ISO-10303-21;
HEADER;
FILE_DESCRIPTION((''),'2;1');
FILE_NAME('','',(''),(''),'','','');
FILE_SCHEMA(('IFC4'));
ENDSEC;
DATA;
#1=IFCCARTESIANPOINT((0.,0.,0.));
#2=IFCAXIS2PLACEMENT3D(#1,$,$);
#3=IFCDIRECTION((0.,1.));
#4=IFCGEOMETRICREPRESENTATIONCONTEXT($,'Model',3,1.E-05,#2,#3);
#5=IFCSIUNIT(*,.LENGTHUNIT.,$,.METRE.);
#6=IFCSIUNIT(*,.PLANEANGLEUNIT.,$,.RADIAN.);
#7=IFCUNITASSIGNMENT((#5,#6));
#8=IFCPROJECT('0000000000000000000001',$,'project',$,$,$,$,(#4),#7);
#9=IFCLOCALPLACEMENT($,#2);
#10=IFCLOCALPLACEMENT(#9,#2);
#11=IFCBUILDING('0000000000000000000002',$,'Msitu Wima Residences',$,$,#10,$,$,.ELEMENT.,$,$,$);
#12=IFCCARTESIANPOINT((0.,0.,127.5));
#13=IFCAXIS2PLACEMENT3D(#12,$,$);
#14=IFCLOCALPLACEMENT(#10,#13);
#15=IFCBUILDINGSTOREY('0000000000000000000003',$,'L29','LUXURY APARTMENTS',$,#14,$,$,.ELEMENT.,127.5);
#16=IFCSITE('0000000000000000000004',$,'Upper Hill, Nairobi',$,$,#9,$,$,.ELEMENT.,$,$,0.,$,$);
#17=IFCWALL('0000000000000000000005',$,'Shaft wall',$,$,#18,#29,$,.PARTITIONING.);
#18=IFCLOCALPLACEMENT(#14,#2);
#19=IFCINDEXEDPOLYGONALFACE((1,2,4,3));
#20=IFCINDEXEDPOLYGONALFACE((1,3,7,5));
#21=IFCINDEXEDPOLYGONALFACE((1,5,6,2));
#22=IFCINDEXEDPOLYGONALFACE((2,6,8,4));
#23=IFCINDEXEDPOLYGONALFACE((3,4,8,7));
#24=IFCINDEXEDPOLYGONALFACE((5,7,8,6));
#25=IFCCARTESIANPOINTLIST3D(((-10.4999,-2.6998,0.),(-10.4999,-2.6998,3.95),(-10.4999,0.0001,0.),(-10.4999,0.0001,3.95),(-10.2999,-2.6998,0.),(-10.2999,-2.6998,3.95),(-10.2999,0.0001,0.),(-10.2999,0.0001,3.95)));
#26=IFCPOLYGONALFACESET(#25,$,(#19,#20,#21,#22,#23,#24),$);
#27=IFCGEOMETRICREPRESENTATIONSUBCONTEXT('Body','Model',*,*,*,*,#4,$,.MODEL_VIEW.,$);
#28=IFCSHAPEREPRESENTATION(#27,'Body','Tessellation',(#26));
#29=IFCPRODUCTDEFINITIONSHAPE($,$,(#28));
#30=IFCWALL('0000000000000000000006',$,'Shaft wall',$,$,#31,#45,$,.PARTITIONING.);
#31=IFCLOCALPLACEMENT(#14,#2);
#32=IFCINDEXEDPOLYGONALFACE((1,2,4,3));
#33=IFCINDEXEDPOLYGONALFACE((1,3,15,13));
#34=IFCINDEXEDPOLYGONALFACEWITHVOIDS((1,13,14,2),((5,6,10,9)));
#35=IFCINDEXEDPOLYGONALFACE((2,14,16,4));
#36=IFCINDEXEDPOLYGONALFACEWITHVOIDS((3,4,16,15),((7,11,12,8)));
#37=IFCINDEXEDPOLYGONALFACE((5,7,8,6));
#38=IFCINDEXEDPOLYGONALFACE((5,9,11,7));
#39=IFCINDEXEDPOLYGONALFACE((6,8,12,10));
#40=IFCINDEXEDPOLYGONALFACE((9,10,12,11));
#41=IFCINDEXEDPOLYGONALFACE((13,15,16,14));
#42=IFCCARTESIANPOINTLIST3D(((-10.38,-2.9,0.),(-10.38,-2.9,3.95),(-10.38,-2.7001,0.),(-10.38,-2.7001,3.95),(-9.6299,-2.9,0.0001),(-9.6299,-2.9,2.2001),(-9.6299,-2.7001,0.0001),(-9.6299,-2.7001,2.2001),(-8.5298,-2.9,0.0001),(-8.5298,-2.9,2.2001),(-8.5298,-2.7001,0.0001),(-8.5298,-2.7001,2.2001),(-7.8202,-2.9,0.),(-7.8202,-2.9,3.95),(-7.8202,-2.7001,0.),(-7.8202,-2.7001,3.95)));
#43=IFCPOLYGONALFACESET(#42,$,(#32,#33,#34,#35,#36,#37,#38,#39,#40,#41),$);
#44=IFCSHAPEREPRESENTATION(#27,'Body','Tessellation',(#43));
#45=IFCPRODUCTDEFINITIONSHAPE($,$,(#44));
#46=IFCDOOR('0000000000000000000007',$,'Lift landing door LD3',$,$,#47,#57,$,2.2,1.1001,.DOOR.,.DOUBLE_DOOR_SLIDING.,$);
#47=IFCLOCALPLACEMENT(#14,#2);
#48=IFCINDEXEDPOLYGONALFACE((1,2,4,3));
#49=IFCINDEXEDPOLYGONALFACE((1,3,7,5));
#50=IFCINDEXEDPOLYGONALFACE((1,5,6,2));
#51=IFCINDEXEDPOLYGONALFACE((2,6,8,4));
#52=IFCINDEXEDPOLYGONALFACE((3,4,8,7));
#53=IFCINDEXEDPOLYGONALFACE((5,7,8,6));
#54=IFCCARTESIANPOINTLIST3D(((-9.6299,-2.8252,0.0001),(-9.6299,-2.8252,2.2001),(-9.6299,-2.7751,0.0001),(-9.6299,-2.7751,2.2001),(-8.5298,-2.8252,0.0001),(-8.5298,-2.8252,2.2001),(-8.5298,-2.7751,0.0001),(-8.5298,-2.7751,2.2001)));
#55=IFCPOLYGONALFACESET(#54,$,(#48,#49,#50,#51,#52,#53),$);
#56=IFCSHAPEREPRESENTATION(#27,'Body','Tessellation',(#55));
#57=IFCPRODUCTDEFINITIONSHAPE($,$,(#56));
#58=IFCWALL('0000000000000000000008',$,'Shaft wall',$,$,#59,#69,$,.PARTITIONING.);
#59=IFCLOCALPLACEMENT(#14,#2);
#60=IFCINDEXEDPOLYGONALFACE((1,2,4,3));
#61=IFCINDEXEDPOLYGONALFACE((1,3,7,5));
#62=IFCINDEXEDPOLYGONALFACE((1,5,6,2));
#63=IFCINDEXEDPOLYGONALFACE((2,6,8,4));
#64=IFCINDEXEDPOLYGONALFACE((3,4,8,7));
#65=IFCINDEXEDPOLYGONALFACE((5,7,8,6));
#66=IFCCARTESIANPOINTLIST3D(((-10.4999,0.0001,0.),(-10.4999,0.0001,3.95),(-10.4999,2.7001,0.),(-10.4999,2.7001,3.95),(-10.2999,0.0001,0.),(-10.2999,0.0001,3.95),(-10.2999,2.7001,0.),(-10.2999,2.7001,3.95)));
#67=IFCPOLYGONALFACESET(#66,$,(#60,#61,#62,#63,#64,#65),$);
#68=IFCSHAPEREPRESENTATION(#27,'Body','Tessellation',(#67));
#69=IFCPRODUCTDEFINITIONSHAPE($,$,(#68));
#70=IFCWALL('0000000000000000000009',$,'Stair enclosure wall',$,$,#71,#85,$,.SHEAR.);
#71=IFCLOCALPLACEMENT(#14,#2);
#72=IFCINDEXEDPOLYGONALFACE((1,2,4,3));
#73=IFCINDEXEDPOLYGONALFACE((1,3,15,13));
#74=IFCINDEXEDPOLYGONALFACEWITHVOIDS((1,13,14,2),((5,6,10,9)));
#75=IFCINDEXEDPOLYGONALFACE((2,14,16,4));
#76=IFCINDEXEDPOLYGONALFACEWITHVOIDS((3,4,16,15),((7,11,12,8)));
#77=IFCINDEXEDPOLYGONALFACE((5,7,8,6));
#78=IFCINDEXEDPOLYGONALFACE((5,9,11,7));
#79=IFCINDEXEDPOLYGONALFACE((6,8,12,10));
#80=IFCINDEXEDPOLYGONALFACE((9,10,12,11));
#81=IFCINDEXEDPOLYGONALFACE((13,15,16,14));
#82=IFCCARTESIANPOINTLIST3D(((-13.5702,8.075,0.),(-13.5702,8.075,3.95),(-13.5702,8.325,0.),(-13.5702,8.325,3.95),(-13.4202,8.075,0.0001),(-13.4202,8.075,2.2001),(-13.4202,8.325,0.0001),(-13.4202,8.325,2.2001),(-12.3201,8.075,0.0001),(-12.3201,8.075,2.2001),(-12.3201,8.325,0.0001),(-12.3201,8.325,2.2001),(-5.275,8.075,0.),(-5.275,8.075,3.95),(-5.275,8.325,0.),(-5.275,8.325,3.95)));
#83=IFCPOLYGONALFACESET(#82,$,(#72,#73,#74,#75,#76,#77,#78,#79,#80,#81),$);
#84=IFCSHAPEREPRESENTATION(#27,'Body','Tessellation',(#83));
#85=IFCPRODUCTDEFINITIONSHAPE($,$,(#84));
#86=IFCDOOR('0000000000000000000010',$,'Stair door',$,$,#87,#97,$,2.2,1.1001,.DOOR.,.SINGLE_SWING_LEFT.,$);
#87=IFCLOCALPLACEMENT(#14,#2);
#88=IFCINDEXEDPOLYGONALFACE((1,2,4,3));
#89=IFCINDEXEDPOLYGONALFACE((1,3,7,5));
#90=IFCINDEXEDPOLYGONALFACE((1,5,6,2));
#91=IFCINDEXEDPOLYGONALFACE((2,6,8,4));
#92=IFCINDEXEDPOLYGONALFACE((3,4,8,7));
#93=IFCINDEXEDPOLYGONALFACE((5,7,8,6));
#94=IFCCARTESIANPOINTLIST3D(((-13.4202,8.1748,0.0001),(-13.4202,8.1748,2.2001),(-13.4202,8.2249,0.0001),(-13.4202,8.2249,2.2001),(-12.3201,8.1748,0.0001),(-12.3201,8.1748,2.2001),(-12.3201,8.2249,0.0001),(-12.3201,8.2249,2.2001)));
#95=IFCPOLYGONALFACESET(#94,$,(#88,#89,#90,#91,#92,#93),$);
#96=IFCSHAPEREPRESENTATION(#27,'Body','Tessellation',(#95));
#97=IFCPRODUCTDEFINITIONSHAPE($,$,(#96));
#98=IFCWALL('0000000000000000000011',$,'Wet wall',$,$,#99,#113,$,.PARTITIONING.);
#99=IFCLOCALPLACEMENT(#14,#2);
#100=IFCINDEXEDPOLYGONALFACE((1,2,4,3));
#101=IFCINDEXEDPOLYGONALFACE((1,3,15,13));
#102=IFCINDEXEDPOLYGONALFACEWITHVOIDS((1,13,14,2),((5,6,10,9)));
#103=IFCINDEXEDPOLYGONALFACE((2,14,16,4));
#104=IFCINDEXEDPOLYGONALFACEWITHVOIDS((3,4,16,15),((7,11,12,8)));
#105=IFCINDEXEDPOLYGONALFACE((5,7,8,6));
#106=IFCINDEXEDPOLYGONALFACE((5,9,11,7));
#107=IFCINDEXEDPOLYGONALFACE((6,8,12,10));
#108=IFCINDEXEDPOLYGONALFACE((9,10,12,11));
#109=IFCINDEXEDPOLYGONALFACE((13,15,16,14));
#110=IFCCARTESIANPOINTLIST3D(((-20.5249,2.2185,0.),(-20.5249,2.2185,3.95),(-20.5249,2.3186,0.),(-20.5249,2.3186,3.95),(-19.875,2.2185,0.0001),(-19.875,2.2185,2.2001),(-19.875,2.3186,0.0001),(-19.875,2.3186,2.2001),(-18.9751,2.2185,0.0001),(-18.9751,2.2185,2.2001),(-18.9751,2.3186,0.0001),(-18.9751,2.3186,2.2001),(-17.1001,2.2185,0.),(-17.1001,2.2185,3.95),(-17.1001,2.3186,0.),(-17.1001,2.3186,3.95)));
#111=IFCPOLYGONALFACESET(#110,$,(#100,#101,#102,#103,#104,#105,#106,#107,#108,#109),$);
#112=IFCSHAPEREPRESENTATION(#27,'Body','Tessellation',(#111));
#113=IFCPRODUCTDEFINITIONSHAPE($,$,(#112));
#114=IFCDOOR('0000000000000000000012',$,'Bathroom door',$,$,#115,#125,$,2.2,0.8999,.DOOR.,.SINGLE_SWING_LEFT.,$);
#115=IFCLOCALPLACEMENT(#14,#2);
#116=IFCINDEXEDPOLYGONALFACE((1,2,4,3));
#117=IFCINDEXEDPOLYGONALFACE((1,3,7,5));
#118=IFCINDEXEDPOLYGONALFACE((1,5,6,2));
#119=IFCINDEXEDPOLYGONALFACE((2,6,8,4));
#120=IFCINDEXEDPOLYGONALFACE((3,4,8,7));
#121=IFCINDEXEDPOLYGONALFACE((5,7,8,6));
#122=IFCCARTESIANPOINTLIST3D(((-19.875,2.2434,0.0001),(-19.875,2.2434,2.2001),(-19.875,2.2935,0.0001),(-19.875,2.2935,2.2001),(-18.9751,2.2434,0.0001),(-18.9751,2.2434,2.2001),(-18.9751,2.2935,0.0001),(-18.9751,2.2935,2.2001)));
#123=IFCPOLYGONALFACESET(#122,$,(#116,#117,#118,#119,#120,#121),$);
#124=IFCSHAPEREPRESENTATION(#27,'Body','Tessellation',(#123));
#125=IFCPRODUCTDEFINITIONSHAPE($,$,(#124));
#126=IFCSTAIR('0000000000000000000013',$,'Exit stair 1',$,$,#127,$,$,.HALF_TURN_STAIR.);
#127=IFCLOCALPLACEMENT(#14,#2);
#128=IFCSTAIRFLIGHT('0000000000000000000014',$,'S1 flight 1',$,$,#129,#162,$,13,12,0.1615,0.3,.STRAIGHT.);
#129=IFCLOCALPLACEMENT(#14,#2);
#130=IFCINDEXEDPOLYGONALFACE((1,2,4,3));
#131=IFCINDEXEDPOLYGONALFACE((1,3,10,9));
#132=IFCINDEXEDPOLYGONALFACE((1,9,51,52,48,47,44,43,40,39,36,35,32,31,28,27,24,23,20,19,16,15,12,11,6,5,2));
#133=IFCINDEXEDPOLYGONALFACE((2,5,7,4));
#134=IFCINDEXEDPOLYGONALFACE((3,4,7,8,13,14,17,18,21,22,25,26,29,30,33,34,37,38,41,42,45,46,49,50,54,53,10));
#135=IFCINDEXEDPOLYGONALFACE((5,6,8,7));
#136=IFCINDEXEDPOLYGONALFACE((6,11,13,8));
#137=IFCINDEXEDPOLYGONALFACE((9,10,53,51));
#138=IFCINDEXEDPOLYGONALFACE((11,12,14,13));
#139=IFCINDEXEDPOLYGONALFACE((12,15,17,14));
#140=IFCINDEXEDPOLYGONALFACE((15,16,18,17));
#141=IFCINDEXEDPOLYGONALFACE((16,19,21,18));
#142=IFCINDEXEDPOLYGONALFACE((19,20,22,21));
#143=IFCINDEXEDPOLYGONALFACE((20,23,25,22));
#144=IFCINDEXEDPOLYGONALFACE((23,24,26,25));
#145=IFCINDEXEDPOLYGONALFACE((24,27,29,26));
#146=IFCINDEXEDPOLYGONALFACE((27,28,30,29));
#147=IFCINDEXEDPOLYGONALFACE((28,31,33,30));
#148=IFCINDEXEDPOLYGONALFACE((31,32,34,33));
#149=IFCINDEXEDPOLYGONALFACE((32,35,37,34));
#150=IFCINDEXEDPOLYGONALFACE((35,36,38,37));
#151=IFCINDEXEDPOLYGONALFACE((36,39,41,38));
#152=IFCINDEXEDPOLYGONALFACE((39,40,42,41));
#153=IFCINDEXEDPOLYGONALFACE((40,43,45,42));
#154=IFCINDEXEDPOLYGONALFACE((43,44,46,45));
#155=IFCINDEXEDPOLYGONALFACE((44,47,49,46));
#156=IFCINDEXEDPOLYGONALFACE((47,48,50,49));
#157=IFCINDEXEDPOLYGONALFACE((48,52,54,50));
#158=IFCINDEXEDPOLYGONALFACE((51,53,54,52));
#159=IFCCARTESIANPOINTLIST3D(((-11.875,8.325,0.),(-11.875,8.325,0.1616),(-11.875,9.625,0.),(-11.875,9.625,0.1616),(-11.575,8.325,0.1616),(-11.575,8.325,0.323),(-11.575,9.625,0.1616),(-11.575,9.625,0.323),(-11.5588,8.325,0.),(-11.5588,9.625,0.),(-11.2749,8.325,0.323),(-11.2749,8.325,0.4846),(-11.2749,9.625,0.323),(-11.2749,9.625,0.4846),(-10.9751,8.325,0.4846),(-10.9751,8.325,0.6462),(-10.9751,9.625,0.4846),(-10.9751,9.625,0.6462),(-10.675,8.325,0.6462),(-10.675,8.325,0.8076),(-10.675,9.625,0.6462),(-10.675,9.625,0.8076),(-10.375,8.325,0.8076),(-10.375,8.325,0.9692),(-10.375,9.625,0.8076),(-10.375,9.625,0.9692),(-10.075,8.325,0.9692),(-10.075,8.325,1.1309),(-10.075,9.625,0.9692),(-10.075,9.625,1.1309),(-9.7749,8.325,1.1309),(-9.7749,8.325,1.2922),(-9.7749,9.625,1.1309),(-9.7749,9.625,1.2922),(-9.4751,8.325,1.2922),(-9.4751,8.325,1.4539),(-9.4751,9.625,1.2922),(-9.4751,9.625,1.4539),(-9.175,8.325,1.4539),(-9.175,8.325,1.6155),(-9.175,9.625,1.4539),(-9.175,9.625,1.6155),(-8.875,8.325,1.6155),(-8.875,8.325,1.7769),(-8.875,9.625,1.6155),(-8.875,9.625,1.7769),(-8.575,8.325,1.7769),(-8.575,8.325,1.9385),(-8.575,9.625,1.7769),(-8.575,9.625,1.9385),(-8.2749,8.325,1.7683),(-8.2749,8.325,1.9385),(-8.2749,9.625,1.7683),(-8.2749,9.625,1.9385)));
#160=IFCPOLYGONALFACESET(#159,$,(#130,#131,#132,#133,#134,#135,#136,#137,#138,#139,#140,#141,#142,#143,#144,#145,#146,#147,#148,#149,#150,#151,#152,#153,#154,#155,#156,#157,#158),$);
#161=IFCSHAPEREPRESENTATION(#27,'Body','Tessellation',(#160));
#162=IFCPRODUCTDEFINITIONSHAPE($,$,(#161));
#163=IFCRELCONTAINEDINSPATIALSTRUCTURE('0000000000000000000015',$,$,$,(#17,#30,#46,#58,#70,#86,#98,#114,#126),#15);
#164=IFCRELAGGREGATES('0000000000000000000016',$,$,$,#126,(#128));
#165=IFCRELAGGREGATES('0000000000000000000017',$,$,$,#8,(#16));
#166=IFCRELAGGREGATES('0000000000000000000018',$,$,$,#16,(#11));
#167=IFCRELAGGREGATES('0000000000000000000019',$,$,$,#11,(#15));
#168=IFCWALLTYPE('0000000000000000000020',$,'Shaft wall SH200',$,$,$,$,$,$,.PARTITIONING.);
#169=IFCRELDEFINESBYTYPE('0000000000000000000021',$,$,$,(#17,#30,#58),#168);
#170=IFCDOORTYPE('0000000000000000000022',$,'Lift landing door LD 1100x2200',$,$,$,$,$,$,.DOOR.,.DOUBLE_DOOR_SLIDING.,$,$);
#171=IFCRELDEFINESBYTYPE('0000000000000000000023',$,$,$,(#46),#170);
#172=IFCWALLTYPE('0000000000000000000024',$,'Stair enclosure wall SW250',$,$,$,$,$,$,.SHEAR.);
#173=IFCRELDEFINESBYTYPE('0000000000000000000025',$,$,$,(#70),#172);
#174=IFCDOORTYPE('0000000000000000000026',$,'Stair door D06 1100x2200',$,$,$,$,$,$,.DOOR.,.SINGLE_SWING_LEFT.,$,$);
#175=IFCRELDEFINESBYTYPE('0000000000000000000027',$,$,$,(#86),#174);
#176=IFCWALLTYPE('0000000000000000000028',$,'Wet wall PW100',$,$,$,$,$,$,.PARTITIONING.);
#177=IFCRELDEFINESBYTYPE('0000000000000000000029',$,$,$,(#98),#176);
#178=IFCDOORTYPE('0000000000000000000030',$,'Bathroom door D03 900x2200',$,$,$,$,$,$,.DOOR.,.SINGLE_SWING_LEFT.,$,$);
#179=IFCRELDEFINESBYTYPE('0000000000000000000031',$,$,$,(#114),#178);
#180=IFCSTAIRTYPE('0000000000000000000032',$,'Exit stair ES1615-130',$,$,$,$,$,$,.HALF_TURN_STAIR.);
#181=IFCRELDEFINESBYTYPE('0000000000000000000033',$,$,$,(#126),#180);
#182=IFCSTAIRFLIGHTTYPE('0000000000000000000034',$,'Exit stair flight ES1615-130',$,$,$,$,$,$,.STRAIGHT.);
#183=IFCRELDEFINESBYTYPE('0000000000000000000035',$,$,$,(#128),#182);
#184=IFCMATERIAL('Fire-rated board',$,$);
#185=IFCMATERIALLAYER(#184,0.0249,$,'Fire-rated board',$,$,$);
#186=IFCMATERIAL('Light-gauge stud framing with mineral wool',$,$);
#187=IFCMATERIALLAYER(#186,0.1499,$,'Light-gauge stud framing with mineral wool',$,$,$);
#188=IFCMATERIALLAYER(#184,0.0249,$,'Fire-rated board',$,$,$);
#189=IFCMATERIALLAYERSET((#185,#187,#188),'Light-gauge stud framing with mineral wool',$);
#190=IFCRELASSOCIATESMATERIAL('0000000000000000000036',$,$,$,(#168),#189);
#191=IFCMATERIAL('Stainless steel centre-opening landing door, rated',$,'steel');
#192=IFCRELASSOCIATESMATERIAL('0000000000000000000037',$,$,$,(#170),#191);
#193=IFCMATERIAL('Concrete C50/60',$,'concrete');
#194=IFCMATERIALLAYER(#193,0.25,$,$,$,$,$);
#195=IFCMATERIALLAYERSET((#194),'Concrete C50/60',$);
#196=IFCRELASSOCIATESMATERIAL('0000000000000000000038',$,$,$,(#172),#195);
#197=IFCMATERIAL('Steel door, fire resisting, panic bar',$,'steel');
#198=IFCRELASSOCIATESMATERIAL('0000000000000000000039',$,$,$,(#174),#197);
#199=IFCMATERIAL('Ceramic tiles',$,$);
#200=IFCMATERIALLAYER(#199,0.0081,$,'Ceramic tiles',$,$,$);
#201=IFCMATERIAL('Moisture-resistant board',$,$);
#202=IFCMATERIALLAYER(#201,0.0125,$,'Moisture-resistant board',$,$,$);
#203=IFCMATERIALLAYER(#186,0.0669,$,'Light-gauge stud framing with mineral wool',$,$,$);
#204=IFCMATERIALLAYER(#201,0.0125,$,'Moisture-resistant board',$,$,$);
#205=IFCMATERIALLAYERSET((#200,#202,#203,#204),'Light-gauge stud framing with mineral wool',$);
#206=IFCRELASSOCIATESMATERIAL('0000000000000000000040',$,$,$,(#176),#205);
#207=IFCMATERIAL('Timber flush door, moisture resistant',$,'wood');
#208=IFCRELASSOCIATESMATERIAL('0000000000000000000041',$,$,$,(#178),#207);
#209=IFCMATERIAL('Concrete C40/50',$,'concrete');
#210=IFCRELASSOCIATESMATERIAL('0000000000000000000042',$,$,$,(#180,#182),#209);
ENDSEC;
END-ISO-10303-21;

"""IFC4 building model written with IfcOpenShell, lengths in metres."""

from ifc_helpers import new_model, si_unit, direction, frame, frame_2d, origin, place, context, subcontext, project, spatial, polyline, rectangle, outline, extrude, material, layer, layer_set, type_object, element, fill, aggregate, save


model = new_model("IFC4")

# Units and contexts
model_context = context("Model", 3, precision=1e-05, world=origin(), true_north=direction((0.0, 1.0)))
body_context = subcontext(model_context, "Body", "Model", "MODEL_VIEW")
ifc_project = project(units=[si_unit("LENGTHUNIT", "METRE"), si_unit("PLANEANGLEUNIT", "RADIAN")], contexts=[model_context])

# Site, building, storey
site_placement = place(None, origin())
site = spatial("IfcSite", under=ifc_project, at=site_placement, Name="Upper Hill, Nairobi", CompositionType="ELEMENT", RefElevation=0.0)
building_placement = place(site_placement, origin())
building = spatial("IfcBuilding", under=site, at=building_placement, Name="Msitu Wima Residences", CompositionType="ELEMENT")
storey_placement = place(building_placement, frame((0.0, 0.0, 127.5)))
storey = spatial("IfcBuildingStorey", under=building, at=storey_placement, Name="L29", Description="LUXURY APARTMENTS", CompositionType="ELEMENT", Elevation=127.5)

# Shared definitions
ifc_material_1 = material(Name="Fire-rated board")
ifc_layer_1 = layer(ifc_material_1, 0.0249, Name="Fire-rated board")
ifc_material_2 = material(Name="Light-gauge stud framing with mineral wool")
ifc_layer_2 = layer(ifc_material_2, 0.1499, Name="Light-gauge stud framing with mineral wool")
ifc_layer_3 = layer(ifc_material_1, 0.0249, Name="Fire-rated board")
ifc_layer_set_1 = layer_set([ifc_layer_1, ifc_layer_2, ifc_layer_3], Name="Light-gauge stud framing with mineral wool")
wall_type_1 = type_object("IfcWallType", Name="Shaft wall SH200", PredefinedType="PARTITIONING", material=ifc_layer_set_1)

# Shared definitions
ifc_material_3 = material(Name="Stainless steel centre-opening landing door, rated", Category="steel")
door_type_1 = type_object("IfcDoorType", Name="Lift landing door LD 1100x2200", OperationType="DOUBLE_DOOR_SLIDING", PredefinedType="DOOR", material=ifc_material_3)

# Wall
wall_1_placement = place(storey_placement, frame((-10.3999, -2.7, 0.0), z_axis=(0.0, 0.0, 1.0), x_axis=(0.0, 1.0, 0.0)))
element("IfcWall", 1, at=wall_1_placement, inside=storey, type_object=wall_type_1, Name="Shaft wall", PredefinedType="PARTITIONING", context=body_context, shape_type="SweptSolid", body=[
    extrude(rectangle(XDim=2.7, YDim=0.2, at=frame_2d((1.3501, 0.0))), origin(), (0.0, 0.0, 1.0), 3.95),
])

# Wall, opening, door
wall_2_placement = place(storey_placement, frame((-10.3799, -2.8, 0.0), z_axis=(0.0, 0.0, 1.0), x_axis=(1.0, 0.0, 0.0)))
wall_2 = element("IfcWall", 2, at=wall_2_placement, inside=storey, type_object=wall_type_1, Name="Shaft wall", PredefinedType="PARTITIONING", context=body_context, shape_type="SweptSolid", body=[
    extrude(rectangle(XDim=2.5598, YDim=0.2, at=frame_2d((1.2798, 0.0))), origin(), (0.0, 0.0, 1.0), 3.95),
])
opening_1_placement = place(wall_2_placement, frame((0.75, 0.0, 0.0)))
opening_1 = element("IfcOpeningElement", 3, at=opening_1_placement, cuts=wall_2, PredefinedType="OPENING", context=body_context, shape_type="SweptSolid", body=[
    extrude(rectangle(XDim=1.1001, YDim=2.2, at=frame_2d((0.55, 1.1001))), frame((0.0, 0.1099, 0.0), z_axis=(0.0, -1.0, 0.0), x_axis=(1.0, 0.0, 0.0)), (0.0, 0.0, 1.0), 0.22),
])
door_1_placement = place(opening_1_placement, origin())
door_1 = element("IfcDoor", 4, at=door_1_placement, inside=storey, type_object=door_type_1, Name="Lift landing door LD3", OperationType="DOUBLE_DOOR_SLIDING", OverallHeight=2.2, OverallWidth=1.1001, PredefinedType="DOOR", context=body_context, shape_type="SweptSolid", body=[
    extrude(rectangle(XDim=1.1001, YDim=2.2, at=frame_2d((0.55, 1.1001))), frame((0.0, 0.0249, 0.0), z_axis=(0.0, -1.0, 0.0), x_axis=(1.0, 0.0, 0.0)), (0.0, 0.0, 1.0), 0.05),
])
fill(opening_1, door_1)

# Wall
wall_3_placement = place(storey_placement, frame((-10.3999, 0.0, 0.0), z_axis=(0.0, 0.0, 1.0), x_axis=(0.0, 1.0, 0.0)))
element("IfcWall", 5, at=wall_3_placement, inside=storey, type_object=wall_type_1, Name="Shaft wall", PredefinedType="PARTITIONING", context=body_context, shape_type="SweptSolid", body=[
    extrude(rectangle(XDim=2.7, YDim=0.2, at=frame_2d((1.3501, 0.0))), origin(), (0.0, 0.0, 1.0), 3.95),
])

# Walls, openings, doors
ifc_material_4 = material(Name="Concrete C50/60", Category="concrete")
ifc_layer_4 = layer(ifc_material_4, 0.25)
ifc_layer_set_2 = layer_set([ifc_layer_4], Name="Concrete C50/60")
wall_type_2 = type_object("IfcWallType", Name="Stair enclosure wall SW250", PredefinedType="SHEAR", material=ifc_layer_set_2)
wall_4_placement = place(storey_placement, frame((-13.5701, 8.2, 0.0), z_axis=(0.0, 0.0, 1.0), x_axis=(1.0, 0.0, 0.0)))
wall_4 = element("IfcWall", 6, at=wall_4_placement, inside=storey, type_object=wall_type_2, Name="Stair enclosure wall", PredefinedType="SHEAR", context=body_context, shape_type="SweptSolid", body=[
    extrude(rectangle(XDim=8.2952, YDim=0.25, at=frame_2d((4.1475, 0.0))), origin(), (0.0, 0.0, 1.0), 3.95),
])
opening_2_placement = place(wall_4_placement, frame((0.1499, 0.0, 0.0)))
opening_2 = element("IfcOpeningElement", 7, at=opening_2_placement, cuts=wall_4, PredefinedType="OPENING", context=body_context, shape_type="SweptSolid", body=[
    extrude(rectangle(XDim=1.1001, YDim=2.2, at=frame_2d((0.55, 1.1001))), frame((0.0, 0.135, 0.0), z_axis=(0.0, -1.0, 0.0), x_axis=(1.0, 0.0, 0.0)), (0.0, 0.0, 1.0), 0.27),
])
ifc_material_5 = material(Name="Steel door, fire resisting, panic bar", Category="steel")
door_type_2 = type_object("IfcDoorType", Name="Stair door D06 1100x2200", OperationType="SINGLE_SWING_LEFT", PredefinedType="DOOR", material=ifc_material_5)
door_2_placement = place(opening_2_placement, origin())
door_2 = element("IfcDoor", 8, at=door_2_placement, inside=storey, type_object=door_type_2, Name="Stair door", OperationType="SINGLE_SWING_LEFT", OverallHeight=2.2, OverallWidth=1.1001, PredefinedType="DOOR", context=body_context, shape_type="SweptSolid", body=[
    extrude(rectangle(XDim=1.1001, YDim=2.2, at=frame_2d((0.55, 1.1001))), frame((0.0, 0.0249, 0.0), z_axis=(0.0, -1.0, 0.0), x_axis=(1.0, 0.0, 0.0)), (0.0, 0.0, 1.0), 0.05),
])
fill(opening_2, door_2)
ifc_material_6 = material(Name="Ceramic tiles")
ifc_layer_5 = layer(ifc_material_6, 0.0081, Name="Ceramic tiles")
ifc_material_7 = material(Name="Moisture-resistant board")
ifc_layer_6 = layer(ifc_material_7, 0.0125, Name="Moisture-resistant board")
ifc_layer_7 = layer(ifc_material_2, 0.0669, Name="Light-gauge stud framing with mineral wool")
ifc_layer_8 = layer(ifc_material_7, 0.0125, Name="Moisture-resistant board")
ifc_layer_set_3 = layer_set([ifc_layer_5, ifc_layer_6, ifc_layer_7, ifc_layer_8], Name="Light-gauge stud framing with mineral wool")
wall_type_3 = type_object("IfcWallType", Name="Wet wall PW100", PredefinedType="PARTITIONING", material=ifc_layer_set_3)
wall_5_placement = place(storey_placement, frame((-20.5249, 2.2686, 0.0), z_axis=(0.0, 0.0, 1.0), x_axis=(1.0, 0.0, 0.0)))
wall_5 = element("IfcWall", 9, at=wall_5_placement, inside=storey, type_object=wall_type_3, Name="Wet wall", PredefinedType="PARTITIONING", context=body_context, shape_type="SweptSolid", body=[
    extrude(rectangle(XDim=3.4248, YDim=0.1001, at=frame_2d((1.7124, 0.0))), origin(), (0.0, 0.0, 1.0), 3.95),
])
opening_3_placement = place(wall_5_placement, frame((0.6499, 0.0, 0.0)))
opening_3 = element("IfcOpeningElement", 10, at=opening_3_placement, cuts=wall_5, PredefinedType="OPENING", context=body_context, shape_type="SweptSolid", body=[
    extrude(rectangle(XDim=0.8999, YDim=2.2, at=frame_2d((0.45, 1.1001))), frame((0.0, 0.0601, 0.0), z_axis=(0.0, -1.0, 0.0), x_axis=(1.0, 0.0, 0.0)), (0.0, 0.0, 1.0), 0.1201),
])
ifc_material_8 = material(Name="Timber flush door, moisture resistant", Category="wood")
door_type_3 = type_object("IfcDoorType", Name="Bathroom door D03 900x2200", OperationType="SINGLE_SWING_LEFT", PredefinedType="DOOR", material=ifc_material_8)
door_3_placement = place(opening_3_placement, origin())
door_3 = element("IfcDoor", 11, at=door_3_placement, inside=storey, type_object=door_type_3, Name="Bathroom door", OperationType="SINGLE_SWING_LEFT", OverallHeight=2.2, OverallWidth=0.8999, PredefinedType="DOOR", context=body_context, shape_type="SweptSolid", body=[
    extrude(rectangle(XDim=0.8999, YDim=2.2, at=frame_2d((0.45, 1.1001))), frame((0.0, 0.0249, 0.0), z_axis=(0.0, -1.0, 0.0), x_axis=(1.0, 0.0, 0.0)), (0.0, 0.0, 1.0), 0.05),
])
fill(opening_3, door_3)

# Stair, stair flight
ifc_material_9 = material(Name="Concrete C40/50", Category="concrete")
stair_type = type_object("IfcStairType", Name="Exit stair ES1615-130", PredefinedType="HALF_TURN_STAIR", material=ifc_material_9)
stair_placement = place(storey_placement, origin())
stair = element("IfcStair", 12, at=stair_placement, inside=storey, type_object=stair_type, Name="Exit stair 1", PredefinedType="HALF_TURN_STAIR")
stair_flight_type = type_object("IfcStairFlightType", Name="Exit stair flight ES1615-130", PredefinedType="STRAIGHT", material=ifc_material_9)
stair_flight_placement = place(storey_placement, frame((-11.875, 8.9751, 0.0), z_axis=(0.0, 0.0, 1.0), x_axis=(1.0, 0.0, 0.0)))
stair_flight = element("IfcStairFlight", 13, at=stair_flight_placement, type_object=stair_flight_type, Name="S1 flight 1", NumberOfRisers=13, NumberOfTreads=12, PredefinedType="STRAIGHT", RiserHeight=0.1615, TreadLength=0.3, context=body_context, shape_type="SweptSolid", body=[
    extrude(outline(polyline([(0.0, 0.0), (0.0, 0.1616), (0.3, 0.1616), (0.3, 0.323), (0.6001, 0.323), (0.6001, 0.4846), (0.8999, 0.4846), (0.8999, 0.6462), (1.2, 0.6462), (1.2, 0.8076), (1.5, 0.8076), (1.5, 0.9692), (1.8, 0.9692), (1.8, 1.1309), (2.1001, 1.1309), (2.1001, 1.2922), (2.3999, 1.2922), (2.3999, 1.4539), (2.7, 1.4539), (2.7, 1.6155), (3.0, 1.6155), (3.0, 1.7769), (3.3, 1.7769), (3.3, 1.9385), (3.6001, 1.9385), (3.6001, 2.1001), (3.6001, 1.7683), (0.3162, 0.0), (0.0, 0.0)])), frame((0.0, 0.6499, 0.0), z_axis=(0.0, -1.0, 0.0), x_axis=(1.0, 0.0, 0.0)), (0.0, 0.0, 1.0), 1.3),
])
aggregate(stair, [stair_flight])

save(model, "model.ifc")
